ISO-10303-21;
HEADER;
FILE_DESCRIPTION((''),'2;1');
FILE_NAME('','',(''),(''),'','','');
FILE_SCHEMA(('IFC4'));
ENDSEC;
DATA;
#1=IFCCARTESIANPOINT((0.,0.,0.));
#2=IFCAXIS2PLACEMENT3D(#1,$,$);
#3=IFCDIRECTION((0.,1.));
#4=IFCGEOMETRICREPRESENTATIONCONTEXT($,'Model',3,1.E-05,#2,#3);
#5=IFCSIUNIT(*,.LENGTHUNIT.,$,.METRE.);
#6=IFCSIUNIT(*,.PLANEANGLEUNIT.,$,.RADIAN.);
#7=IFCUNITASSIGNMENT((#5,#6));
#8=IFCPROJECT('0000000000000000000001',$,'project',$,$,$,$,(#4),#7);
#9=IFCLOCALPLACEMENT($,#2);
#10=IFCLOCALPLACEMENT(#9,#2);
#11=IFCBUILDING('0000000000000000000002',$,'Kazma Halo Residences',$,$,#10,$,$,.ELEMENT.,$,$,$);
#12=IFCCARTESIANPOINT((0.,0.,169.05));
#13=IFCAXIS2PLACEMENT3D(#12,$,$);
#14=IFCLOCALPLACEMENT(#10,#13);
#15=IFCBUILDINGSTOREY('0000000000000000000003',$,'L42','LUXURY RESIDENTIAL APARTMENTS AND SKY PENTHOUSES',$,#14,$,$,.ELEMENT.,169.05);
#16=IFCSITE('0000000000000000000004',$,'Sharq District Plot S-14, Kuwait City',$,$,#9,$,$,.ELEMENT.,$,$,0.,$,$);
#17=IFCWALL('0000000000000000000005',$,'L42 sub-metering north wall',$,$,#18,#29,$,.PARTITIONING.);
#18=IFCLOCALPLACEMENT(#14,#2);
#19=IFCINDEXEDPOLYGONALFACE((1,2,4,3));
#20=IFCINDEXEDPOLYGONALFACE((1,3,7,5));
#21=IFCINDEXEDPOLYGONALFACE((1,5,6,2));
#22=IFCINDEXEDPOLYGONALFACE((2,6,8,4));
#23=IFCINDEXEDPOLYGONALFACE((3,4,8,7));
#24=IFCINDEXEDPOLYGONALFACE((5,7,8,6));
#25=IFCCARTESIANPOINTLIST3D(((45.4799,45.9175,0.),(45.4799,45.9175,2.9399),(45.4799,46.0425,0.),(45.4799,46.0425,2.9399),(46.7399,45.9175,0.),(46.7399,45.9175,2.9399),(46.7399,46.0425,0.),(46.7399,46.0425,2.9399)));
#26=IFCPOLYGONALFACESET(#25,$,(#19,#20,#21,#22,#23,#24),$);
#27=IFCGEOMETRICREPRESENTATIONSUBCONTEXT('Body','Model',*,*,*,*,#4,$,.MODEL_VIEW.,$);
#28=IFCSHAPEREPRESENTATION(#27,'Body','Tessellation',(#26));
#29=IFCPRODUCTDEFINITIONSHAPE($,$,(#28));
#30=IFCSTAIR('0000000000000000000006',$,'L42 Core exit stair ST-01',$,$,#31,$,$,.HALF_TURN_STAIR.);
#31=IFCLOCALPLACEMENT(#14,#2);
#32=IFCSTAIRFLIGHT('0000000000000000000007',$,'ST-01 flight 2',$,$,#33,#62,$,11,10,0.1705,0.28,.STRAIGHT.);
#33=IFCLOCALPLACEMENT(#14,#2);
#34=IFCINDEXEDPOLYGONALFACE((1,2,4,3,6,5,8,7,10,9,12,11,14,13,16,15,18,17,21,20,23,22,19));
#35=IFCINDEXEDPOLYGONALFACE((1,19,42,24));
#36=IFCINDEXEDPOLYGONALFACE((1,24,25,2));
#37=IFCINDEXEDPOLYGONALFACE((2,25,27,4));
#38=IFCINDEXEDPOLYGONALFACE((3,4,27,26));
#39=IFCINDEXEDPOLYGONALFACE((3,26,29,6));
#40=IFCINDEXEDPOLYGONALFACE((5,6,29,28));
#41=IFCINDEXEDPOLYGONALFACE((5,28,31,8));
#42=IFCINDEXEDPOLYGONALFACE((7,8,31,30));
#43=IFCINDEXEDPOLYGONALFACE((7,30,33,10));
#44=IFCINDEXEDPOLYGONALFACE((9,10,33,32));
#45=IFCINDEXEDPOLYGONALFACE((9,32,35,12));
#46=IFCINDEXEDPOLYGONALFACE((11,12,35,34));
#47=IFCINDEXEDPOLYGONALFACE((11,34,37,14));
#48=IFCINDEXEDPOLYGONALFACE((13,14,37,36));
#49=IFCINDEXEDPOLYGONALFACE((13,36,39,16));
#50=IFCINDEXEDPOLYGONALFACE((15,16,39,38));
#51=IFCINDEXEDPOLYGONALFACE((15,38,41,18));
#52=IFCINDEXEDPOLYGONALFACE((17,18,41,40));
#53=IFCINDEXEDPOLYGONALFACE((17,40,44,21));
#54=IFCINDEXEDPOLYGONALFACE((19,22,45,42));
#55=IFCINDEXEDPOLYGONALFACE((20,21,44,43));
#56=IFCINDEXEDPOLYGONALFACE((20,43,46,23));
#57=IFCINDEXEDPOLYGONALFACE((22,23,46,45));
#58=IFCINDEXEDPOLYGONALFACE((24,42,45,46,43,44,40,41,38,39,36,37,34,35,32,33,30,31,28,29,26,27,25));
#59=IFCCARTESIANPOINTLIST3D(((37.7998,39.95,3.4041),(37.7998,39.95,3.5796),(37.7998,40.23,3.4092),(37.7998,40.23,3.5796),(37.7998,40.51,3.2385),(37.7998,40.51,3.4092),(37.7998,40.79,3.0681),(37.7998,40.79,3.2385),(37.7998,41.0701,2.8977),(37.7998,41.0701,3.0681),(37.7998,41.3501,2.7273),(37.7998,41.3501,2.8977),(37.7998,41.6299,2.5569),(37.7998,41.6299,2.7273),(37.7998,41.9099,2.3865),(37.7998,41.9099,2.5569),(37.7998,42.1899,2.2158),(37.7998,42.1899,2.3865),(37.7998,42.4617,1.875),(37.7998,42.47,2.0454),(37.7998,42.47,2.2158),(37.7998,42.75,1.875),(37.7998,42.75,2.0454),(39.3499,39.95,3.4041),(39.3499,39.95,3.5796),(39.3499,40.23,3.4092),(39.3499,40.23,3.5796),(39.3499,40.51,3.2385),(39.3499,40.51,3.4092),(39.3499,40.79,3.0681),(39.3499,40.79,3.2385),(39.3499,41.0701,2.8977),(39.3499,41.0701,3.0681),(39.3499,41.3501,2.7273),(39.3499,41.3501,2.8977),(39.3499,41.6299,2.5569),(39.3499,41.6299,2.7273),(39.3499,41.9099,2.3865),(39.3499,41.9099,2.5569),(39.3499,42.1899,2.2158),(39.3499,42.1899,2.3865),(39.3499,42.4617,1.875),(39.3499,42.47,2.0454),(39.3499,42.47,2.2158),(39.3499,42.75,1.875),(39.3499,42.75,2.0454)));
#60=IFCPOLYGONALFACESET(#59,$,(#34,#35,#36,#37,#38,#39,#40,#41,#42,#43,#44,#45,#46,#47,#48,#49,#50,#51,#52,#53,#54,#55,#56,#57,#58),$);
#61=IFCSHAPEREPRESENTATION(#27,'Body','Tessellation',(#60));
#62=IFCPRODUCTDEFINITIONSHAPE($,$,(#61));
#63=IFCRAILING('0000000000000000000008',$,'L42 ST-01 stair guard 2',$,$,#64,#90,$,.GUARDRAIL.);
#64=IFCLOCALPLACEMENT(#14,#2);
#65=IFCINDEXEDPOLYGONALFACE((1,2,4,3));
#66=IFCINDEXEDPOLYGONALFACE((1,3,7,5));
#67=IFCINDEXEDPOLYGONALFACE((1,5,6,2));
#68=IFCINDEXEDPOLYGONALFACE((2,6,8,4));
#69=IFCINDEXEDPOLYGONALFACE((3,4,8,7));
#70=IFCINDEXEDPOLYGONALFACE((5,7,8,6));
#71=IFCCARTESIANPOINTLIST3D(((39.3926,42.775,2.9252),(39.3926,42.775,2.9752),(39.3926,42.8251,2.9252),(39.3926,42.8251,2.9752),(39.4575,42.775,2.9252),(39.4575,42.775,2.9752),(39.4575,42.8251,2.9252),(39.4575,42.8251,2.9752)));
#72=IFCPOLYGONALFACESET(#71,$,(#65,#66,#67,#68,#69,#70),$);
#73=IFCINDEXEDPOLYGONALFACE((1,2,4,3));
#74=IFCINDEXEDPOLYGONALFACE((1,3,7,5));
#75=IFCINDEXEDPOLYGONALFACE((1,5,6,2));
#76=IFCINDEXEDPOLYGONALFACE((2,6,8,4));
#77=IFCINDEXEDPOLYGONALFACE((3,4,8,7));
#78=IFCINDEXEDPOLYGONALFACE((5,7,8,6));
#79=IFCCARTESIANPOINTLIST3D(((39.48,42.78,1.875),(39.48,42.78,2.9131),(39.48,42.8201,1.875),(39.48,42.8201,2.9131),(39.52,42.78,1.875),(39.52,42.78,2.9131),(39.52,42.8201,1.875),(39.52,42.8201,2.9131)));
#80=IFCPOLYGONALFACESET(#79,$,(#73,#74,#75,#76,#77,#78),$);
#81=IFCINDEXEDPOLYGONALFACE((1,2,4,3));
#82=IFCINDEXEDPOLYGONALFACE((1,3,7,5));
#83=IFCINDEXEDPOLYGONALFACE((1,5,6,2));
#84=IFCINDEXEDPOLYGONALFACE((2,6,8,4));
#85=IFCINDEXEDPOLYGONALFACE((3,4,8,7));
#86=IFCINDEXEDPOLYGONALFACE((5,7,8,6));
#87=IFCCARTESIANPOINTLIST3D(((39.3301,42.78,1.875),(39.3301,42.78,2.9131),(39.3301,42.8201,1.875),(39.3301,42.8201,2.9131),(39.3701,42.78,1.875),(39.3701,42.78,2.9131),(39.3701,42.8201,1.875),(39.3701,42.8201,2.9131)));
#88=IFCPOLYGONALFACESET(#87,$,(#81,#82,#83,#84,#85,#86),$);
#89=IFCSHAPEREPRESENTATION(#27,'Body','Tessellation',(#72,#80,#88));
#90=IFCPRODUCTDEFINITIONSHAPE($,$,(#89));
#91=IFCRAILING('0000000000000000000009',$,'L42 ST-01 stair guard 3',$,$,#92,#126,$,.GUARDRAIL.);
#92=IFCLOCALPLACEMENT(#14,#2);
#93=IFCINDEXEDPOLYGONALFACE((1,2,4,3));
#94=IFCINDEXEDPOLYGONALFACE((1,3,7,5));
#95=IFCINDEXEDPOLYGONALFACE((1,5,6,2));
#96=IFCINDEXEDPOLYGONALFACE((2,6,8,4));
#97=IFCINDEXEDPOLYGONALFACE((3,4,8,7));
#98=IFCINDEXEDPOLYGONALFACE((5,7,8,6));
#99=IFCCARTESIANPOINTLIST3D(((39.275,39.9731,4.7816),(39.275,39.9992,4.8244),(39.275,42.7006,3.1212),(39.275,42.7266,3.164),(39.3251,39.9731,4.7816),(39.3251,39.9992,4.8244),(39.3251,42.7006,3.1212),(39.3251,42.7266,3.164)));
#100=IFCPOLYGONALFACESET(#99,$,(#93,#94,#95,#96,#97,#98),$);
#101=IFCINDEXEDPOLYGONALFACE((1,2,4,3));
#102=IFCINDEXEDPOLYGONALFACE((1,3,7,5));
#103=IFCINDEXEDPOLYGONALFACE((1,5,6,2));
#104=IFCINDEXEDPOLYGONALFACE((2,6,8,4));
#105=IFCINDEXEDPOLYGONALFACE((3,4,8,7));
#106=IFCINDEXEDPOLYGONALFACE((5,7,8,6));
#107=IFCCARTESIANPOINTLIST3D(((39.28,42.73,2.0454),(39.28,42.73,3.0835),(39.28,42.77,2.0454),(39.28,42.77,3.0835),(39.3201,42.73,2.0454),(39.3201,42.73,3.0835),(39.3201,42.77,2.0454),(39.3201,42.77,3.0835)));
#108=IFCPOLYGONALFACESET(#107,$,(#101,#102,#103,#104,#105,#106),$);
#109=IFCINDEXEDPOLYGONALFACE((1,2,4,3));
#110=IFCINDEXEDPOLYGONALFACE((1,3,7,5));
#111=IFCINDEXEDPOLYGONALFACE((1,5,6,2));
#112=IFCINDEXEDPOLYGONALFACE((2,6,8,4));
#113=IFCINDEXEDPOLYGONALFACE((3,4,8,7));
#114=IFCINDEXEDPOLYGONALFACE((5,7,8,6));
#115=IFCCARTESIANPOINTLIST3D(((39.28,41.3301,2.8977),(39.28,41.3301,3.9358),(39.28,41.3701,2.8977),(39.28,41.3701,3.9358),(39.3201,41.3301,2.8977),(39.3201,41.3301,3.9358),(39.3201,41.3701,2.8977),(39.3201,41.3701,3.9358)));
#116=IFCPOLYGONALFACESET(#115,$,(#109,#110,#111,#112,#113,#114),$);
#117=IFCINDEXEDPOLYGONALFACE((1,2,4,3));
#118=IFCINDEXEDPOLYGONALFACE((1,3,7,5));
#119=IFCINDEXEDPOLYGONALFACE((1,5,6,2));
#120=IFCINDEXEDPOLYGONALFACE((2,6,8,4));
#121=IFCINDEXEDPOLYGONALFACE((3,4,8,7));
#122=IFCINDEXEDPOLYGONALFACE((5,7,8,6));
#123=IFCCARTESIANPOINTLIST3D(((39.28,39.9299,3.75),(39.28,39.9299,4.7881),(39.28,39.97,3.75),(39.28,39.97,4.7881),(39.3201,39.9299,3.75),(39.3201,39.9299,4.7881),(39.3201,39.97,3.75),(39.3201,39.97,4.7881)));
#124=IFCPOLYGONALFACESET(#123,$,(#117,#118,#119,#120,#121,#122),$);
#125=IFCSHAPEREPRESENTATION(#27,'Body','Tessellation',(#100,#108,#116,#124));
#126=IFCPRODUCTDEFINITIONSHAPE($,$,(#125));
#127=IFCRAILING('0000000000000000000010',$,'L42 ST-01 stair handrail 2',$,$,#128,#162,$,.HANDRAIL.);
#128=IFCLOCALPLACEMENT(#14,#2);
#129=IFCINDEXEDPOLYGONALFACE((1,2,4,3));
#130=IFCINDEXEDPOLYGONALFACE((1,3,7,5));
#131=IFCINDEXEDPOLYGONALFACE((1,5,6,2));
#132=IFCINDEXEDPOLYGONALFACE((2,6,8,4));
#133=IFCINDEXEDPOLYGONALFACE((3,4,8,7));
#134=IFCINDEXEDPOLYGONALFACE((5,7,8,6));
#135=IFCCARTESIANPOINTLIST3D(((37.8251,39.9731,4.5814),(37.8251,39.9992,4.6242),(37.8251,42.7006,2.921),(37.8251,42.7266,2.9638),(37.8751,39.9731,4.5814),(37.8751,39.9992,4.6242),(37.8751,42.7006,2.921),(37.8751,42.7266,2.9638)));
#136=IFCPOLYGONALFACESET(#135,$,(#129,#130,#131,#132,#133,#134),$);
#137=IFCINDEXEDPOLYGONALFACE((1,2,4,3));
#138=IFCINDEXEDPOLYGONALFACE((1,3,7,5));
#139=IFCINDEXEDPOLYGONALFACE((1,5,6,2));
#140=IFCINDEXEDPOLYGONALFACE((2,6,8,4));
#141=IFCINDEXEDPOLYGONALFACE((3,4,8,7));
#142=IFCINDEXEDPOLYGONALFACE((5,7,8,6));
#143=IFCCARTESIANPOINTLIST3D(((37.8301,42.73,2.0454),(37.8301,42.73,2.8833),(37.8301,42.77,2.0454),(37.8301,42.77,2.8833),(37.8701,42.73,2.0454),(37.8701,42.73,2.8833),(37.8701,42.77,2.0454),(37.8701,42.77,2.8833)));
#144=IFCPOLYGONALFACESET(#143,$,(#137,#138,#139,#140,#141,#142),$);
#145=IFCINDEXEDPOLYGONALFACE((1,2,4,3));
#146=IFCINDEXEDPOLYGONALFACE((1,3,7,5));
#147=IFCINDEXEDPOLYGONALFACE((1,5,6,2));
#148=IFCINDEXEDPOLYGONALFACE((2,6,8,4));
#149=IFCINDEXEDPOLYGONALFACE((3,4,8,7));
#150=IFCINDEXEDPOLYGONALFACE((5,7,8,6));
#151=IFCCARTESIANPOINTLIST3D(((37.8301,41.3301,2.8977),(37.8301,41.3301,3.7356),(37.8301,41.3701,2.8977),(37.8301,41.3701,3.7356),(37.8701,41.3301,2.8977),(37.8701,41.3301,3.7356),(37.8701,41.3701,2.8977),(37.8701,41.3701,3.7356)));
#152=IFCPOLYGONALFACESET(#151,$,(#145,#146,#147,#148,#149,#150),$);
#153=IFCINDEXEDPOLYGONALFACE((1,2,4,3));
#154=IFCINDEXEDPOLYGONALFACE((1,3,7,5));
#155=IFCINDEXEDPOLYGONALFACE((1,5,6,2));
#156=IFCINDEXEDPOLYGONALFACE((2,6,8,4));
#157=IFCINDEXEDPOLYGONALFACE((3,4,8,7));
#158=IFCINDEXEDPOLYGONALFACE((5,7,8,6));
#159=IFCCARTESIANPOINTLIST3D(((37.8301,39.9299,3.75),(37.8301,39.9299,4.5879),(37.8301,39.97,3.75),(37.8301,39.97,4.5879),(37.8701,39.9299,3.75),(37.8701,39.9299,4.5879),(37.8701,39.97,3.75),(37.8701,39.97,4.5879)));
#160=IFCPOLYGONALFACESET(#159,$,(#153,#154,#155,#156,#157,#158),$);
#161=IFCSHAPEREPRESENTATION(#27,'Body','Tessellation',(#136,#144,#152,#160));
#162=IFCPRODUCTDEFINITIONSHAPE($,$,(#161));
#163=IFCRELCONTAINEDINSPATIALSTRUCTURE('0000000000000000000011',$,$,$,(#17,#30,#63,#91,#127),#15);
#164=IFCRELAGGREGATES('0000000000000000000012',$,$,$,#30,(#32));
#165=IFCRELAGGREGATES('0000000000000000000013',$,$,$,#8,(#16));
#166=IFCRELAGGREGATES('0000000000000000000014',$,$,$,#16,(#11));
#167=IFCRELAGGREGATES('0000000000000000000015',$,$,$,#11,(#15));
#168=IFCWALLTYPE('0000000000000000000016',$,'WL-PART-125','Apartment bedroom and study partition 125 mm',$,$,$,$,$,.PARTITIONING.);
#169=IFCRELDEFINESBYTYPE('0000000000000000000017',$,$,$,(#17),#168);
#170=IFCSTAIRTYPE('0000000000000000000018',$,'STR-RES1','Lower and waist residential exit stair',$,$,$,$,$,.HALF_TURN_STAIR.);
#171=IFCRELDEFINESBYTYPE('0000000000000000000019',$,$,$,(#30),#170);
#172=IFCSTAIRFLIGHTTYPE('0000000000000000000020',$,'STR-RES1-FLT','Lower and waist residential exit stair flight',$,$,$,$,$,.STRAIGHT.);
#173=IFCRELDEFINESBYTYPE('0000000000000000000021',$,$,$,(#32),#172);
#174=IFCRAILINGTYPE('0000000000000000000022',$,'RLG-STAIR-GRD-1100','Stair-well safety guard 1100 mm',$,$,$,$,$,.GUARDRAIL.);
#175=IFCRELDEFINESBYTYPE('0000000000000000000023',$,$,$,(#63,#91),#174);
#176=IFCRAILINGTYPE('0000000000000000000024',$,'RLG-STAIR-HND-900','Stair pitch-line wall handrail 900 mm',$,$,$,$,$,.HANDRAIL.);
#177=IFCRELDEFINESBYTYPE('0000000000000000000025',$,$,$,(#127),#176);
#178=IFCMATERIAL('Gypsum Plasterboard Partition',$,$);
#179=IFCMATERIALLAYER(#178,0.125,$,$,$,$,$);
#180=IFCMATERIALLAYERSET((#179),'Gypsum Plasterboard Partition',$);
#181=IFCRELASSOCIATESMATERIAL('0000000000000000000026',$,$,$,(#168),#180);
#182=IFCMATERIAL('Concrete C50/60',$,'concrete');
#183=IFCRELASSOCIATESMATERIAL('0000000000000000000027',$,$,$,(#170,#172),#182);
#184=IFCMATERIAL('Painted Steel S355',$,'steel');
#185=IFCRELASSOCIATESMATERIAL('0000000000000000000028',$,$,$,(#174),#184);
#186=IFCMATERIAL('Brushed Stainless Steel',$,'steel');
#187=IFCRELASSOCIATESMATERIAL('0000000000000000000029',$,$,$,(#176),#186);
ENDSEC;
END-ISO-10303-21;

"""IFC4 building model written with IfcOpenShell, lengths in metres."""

from ifc_helpers import new_model, si_unit, direction, frame, frame_2d, origin, origin_2d, place, context, subcontext, project, spatial, polyline, rectangle, outline, extrude, material, layer, layer_set, type_object, element, aggregate, save


model = new_model("IFC4")

# Units and contexts
model_context = context("Model", 3, precision=1e-05, world=origin(), true_north=direction((0.0, 1.0)))
body_context = subcontext(model_context, "Body", "Model", "MODEL_VIEW")
ifc_project = project(units=[si_unit("LENGTHUNIT", "METRE"), si_unit("PLANEANGLEUNIT", "RADIAN")], contexts=[model_context])

# Site, building, storey
site_placement = place(None, origin())
site = spatial("IfcSite", under=ifc_project, at=site_placement, Name="Sharq District Plot S-14, Kuwait City", CompositionType="ELEMENT", RefElevation=0.0)
building_placement = place(site_placement, origin())
building = spatial("IfcBuilding", under=site, at=building_placement, Name="Kazma Halo Residences", CompositionType="ELEMENT")
storey_placement = place(building_placement, frame((0.0, 0.0, 169.05)))
storey = spatial("IfcBuildingStorey", under=building, at=storey_placement, Name="L42", Description="LUXURY RESIDENTIAL APARTMENTS AND SKY PENTHOUSES", CompositionType="ELEMENT", Elevation=169.05)

# Shared definitions
ifc_material_1 = material(Name="Gypsum Plasterboard Partition")
ifc_layer_1 = layer(ifc_material_1, 0.125)
ifc_layer_set_1 = layer_set([ifc_layer_1], Name="Gypsum Plasterboard Partition")
wall_type_1 = type_object("IfcWallType", Name="WL-PART-125", Description="Apartment bedroom and study partition 125 mm", PredefinedType="PARTITIONING", material=ifc_layer_set_1)

# Wall
wall_1_placement = place(storey_placement, frame((45.48, 45.98, 0.0), z_axis=(0.0, 0.0, 1.0), x_axis=(1.0, 0.0, 0.0)))
element("IfcWall", 1, at=wall_1_placement, inside=storey, type_object=wall_type_1, Name="L42 sub-metering north wall", PredefinedType="PARTITIONING", context=body_context, shape_type="SweptSolid", body=[
    extrude(rectangle(XDim=1.26, YDim=0.125, at=frame_2d((0.6299, 0.0))), origin(), (0.0, 0.0, 1.0), 2.9399),
])

# Stair, stair flight
ifc_material_2 = material(Name="Concrete C50/60", Category="concrete")
stair_type = type_object("IfcStairType", Name="STR-RES1", Description="Lower and waist residential exit stair", PredefinedType="HALF_TURN_STAIR", material=ifc_material_2)
stair_placement = place(storey_placement, origin())
stair = element("IfcStair", 2, at=stair_placement, inside=storey, type_object=stair_type, Name="L42 Core exit stair ST-01", PredefinedType="HALF_TURN_STAIR")
stair_flight_type = type_object("IfcStairFlightType", Name="STR-RES1-FLT", Description="Lower and waist residential exit stair flight", PredefinedType="STRAIGHT", material=ifc_material_2)
stair_flight_placement = place(storey_placement, frame((38.575, 42.75, 1.875), z_axis=(0.0, 0.0, 1.0), x_axis=(0.0, -1.0, 0.0)))
stair_flight = element("IfcStairFlight", 3, at=stair_flight_placement, type_object=stair_flight_type, Name="ST-01 flight 2", NumberOfRisers=11, NumberOfTreads=10, PredefinedType="STRAIGHT", RiserHeight=0.1705, TreadLength=0.28, context=body_context, shape_type="SweptSolid", body=[
    extrude(outline(polyline([(0.0, 0.0), (0.0, 0.1704), (0.28, 0.1704), (0.28, 0.3408), (0.5601, 0.3408), (0.5601, 0.5115), (0.8401, 0.5115), (0.8401, 0.6819), (1.1201, 0.6819), (1.1201, 0.8523), (1.3999, 0.8523), (1.3999, 1.0227), (1.6799, 1.0227), (1.6799, 1.1931), (1.96, 1.1931), (1.96, 1.3635), (2.24, 1.3635), (2.24, 1.5342), (2.52, 1.5342), (2.52, 1.7046), (2.8, 1.7046), (2.8, 1.875), (2.8, 1.5291), (0.2883, 0.0), (0.0, 0.0)])), frame((0.0, 0.7749, 0.0), z_axis=(0.0, -1.0, 0.0), x_axis=(1.0, 0.0, 0.0)), (0.0, 0.0, 1.0), 1.55),
])
aggregate(stair, [stair_flight])

# Railings
ifc_material_3 = material(Name="Painted Steel S355", Category="steel")
railing_type_1 = type_object("IfcRailingType", Name="RLG-STAIR-GRD-1100", Description="Stair-well safety guard 1100 mm", PredefinedType="GUARDRAIL", material=ifc_material_3)
railing_1_placement = place(storey_placement, frame((39.5, 42.8, 1.875)))
element("IfcRailing", 4, at=railing_1_placement, inside=storey, type_object=railing_type_1, Name="L42 ST-01 stair guard 2", PredefinedType="GUARDRAIL", context=body_context, shape_type="SweptSolid", body=[
    extrude(rectangle(XDim=0.05, YDim=0.05, at=origin_2d()), frame((-0.0425, 0.0, 1.0752), z_axis=(-1.0, 0.0, 0.0), x_axis=(0.0, -1.0, 0.0)), (0.0, 0.0, 1.0), 0.0649),
    extrude(rectangle(XDim=0.04, YDim=0.04, at=origin_2d()), origin(), (0.0, 0.0, 1.0), 1.0381),
    extrude(rectangle(XDim=0.04, YDim=0.04, at=origin_2d()), frame((-0.1499, 0.0, 0.0)), (0.0, 0.0, 1.0), 1.0381),
])
railing_2_placement = place(storey_placement, frame((39.3, 42.75, 2.0454)))
element("IfcRailing", 5, at=railing_2_placement, inside=storey, type_object=railing_type_1, Name="L42 ST-01 stair guard 3", PredefinedType="GUARDRAIL", context=body_context, shape_type="SweptSolid", body=[
    extrude(rectangle(XDim=0.05, YDim=0.05, at=origin_2d()), frame((0.0, -0.0364, 1.0972), z_axis=(0.0, -0.85417, 0.519994), x_axis=(1.0, 0.0, 0.0)), (0.0, 0.0, 1.0), 3.1931),
    extrude(rectangle(XDim=0.04, YDim=0.04, at=origin_2d()), origin(), (0.0, 0.0, 1.0), 1.0381),
    extrude(rectangle(XDim=0.04, YDim=0.04, at=origin_2d()), frame((0.0, -1.3999, 0.8523)), (0.0, 0.0, 1.0), 1.0381),
    extrude(rectangle(XDim=0.04, YDim=0.04, at=origin_2d()), frame((0.0, -2.8, 1.7046)), (0.0, 0.0, 1.0), 1.0381),
])
ifc_material_4 = material(Name="Brushed Stainless Steel", Category="steel")
railing_type_2 = type_object("IfcRailingType", Name="RLG-STAIR-HND-900", Description="Stair pitch-line wall handrail 900 mm", PredefinedType="HANDRAIL", material=ifc_material_4)
railing_3_placement = place(storey_placement, frame((37.8501, 42.75, 2.0454)))
element("IfcRailing", 6, at=railing_3_placement, inside=storey, type_object=railing_type_2, Name="L42 ST-01 stair handrail 2", PredefinedType="HANDRAIL", context=body_context, shape_type="SweptSolid", body=[
    extrude(rectangle(XDim=0.05, YDim=0.05, at=origin_2d()), frame((0.0, -0.0364, 0.897), z_axis=(0.0, -0.85417, 0.519994), x_axis=(1.0, 0.0, 0.0)), (0.0, 0.0, 1.0), 3.1931),
    extrude(rectangle(XDim=0.04, YDim=0.04, at=origin_2d()), origin(), (0.0, 0.0, 1.0), 0.8379),
    extrude(rectangle(XDim=0.04, YDim=0.04, at=origin_2d()), frame((0.0, -1.3999, 0.8523)), (0.0, 0.0, 1.0), 0.8379),
    extrude(rectangle(XDim=0.04, YDim=0.04, at=origin_2d()), frame((0.0, -2.8, 1.7046)), (0.0, 0.0, 1.0), 0.8379),
])

save(model, "model.ifc")
